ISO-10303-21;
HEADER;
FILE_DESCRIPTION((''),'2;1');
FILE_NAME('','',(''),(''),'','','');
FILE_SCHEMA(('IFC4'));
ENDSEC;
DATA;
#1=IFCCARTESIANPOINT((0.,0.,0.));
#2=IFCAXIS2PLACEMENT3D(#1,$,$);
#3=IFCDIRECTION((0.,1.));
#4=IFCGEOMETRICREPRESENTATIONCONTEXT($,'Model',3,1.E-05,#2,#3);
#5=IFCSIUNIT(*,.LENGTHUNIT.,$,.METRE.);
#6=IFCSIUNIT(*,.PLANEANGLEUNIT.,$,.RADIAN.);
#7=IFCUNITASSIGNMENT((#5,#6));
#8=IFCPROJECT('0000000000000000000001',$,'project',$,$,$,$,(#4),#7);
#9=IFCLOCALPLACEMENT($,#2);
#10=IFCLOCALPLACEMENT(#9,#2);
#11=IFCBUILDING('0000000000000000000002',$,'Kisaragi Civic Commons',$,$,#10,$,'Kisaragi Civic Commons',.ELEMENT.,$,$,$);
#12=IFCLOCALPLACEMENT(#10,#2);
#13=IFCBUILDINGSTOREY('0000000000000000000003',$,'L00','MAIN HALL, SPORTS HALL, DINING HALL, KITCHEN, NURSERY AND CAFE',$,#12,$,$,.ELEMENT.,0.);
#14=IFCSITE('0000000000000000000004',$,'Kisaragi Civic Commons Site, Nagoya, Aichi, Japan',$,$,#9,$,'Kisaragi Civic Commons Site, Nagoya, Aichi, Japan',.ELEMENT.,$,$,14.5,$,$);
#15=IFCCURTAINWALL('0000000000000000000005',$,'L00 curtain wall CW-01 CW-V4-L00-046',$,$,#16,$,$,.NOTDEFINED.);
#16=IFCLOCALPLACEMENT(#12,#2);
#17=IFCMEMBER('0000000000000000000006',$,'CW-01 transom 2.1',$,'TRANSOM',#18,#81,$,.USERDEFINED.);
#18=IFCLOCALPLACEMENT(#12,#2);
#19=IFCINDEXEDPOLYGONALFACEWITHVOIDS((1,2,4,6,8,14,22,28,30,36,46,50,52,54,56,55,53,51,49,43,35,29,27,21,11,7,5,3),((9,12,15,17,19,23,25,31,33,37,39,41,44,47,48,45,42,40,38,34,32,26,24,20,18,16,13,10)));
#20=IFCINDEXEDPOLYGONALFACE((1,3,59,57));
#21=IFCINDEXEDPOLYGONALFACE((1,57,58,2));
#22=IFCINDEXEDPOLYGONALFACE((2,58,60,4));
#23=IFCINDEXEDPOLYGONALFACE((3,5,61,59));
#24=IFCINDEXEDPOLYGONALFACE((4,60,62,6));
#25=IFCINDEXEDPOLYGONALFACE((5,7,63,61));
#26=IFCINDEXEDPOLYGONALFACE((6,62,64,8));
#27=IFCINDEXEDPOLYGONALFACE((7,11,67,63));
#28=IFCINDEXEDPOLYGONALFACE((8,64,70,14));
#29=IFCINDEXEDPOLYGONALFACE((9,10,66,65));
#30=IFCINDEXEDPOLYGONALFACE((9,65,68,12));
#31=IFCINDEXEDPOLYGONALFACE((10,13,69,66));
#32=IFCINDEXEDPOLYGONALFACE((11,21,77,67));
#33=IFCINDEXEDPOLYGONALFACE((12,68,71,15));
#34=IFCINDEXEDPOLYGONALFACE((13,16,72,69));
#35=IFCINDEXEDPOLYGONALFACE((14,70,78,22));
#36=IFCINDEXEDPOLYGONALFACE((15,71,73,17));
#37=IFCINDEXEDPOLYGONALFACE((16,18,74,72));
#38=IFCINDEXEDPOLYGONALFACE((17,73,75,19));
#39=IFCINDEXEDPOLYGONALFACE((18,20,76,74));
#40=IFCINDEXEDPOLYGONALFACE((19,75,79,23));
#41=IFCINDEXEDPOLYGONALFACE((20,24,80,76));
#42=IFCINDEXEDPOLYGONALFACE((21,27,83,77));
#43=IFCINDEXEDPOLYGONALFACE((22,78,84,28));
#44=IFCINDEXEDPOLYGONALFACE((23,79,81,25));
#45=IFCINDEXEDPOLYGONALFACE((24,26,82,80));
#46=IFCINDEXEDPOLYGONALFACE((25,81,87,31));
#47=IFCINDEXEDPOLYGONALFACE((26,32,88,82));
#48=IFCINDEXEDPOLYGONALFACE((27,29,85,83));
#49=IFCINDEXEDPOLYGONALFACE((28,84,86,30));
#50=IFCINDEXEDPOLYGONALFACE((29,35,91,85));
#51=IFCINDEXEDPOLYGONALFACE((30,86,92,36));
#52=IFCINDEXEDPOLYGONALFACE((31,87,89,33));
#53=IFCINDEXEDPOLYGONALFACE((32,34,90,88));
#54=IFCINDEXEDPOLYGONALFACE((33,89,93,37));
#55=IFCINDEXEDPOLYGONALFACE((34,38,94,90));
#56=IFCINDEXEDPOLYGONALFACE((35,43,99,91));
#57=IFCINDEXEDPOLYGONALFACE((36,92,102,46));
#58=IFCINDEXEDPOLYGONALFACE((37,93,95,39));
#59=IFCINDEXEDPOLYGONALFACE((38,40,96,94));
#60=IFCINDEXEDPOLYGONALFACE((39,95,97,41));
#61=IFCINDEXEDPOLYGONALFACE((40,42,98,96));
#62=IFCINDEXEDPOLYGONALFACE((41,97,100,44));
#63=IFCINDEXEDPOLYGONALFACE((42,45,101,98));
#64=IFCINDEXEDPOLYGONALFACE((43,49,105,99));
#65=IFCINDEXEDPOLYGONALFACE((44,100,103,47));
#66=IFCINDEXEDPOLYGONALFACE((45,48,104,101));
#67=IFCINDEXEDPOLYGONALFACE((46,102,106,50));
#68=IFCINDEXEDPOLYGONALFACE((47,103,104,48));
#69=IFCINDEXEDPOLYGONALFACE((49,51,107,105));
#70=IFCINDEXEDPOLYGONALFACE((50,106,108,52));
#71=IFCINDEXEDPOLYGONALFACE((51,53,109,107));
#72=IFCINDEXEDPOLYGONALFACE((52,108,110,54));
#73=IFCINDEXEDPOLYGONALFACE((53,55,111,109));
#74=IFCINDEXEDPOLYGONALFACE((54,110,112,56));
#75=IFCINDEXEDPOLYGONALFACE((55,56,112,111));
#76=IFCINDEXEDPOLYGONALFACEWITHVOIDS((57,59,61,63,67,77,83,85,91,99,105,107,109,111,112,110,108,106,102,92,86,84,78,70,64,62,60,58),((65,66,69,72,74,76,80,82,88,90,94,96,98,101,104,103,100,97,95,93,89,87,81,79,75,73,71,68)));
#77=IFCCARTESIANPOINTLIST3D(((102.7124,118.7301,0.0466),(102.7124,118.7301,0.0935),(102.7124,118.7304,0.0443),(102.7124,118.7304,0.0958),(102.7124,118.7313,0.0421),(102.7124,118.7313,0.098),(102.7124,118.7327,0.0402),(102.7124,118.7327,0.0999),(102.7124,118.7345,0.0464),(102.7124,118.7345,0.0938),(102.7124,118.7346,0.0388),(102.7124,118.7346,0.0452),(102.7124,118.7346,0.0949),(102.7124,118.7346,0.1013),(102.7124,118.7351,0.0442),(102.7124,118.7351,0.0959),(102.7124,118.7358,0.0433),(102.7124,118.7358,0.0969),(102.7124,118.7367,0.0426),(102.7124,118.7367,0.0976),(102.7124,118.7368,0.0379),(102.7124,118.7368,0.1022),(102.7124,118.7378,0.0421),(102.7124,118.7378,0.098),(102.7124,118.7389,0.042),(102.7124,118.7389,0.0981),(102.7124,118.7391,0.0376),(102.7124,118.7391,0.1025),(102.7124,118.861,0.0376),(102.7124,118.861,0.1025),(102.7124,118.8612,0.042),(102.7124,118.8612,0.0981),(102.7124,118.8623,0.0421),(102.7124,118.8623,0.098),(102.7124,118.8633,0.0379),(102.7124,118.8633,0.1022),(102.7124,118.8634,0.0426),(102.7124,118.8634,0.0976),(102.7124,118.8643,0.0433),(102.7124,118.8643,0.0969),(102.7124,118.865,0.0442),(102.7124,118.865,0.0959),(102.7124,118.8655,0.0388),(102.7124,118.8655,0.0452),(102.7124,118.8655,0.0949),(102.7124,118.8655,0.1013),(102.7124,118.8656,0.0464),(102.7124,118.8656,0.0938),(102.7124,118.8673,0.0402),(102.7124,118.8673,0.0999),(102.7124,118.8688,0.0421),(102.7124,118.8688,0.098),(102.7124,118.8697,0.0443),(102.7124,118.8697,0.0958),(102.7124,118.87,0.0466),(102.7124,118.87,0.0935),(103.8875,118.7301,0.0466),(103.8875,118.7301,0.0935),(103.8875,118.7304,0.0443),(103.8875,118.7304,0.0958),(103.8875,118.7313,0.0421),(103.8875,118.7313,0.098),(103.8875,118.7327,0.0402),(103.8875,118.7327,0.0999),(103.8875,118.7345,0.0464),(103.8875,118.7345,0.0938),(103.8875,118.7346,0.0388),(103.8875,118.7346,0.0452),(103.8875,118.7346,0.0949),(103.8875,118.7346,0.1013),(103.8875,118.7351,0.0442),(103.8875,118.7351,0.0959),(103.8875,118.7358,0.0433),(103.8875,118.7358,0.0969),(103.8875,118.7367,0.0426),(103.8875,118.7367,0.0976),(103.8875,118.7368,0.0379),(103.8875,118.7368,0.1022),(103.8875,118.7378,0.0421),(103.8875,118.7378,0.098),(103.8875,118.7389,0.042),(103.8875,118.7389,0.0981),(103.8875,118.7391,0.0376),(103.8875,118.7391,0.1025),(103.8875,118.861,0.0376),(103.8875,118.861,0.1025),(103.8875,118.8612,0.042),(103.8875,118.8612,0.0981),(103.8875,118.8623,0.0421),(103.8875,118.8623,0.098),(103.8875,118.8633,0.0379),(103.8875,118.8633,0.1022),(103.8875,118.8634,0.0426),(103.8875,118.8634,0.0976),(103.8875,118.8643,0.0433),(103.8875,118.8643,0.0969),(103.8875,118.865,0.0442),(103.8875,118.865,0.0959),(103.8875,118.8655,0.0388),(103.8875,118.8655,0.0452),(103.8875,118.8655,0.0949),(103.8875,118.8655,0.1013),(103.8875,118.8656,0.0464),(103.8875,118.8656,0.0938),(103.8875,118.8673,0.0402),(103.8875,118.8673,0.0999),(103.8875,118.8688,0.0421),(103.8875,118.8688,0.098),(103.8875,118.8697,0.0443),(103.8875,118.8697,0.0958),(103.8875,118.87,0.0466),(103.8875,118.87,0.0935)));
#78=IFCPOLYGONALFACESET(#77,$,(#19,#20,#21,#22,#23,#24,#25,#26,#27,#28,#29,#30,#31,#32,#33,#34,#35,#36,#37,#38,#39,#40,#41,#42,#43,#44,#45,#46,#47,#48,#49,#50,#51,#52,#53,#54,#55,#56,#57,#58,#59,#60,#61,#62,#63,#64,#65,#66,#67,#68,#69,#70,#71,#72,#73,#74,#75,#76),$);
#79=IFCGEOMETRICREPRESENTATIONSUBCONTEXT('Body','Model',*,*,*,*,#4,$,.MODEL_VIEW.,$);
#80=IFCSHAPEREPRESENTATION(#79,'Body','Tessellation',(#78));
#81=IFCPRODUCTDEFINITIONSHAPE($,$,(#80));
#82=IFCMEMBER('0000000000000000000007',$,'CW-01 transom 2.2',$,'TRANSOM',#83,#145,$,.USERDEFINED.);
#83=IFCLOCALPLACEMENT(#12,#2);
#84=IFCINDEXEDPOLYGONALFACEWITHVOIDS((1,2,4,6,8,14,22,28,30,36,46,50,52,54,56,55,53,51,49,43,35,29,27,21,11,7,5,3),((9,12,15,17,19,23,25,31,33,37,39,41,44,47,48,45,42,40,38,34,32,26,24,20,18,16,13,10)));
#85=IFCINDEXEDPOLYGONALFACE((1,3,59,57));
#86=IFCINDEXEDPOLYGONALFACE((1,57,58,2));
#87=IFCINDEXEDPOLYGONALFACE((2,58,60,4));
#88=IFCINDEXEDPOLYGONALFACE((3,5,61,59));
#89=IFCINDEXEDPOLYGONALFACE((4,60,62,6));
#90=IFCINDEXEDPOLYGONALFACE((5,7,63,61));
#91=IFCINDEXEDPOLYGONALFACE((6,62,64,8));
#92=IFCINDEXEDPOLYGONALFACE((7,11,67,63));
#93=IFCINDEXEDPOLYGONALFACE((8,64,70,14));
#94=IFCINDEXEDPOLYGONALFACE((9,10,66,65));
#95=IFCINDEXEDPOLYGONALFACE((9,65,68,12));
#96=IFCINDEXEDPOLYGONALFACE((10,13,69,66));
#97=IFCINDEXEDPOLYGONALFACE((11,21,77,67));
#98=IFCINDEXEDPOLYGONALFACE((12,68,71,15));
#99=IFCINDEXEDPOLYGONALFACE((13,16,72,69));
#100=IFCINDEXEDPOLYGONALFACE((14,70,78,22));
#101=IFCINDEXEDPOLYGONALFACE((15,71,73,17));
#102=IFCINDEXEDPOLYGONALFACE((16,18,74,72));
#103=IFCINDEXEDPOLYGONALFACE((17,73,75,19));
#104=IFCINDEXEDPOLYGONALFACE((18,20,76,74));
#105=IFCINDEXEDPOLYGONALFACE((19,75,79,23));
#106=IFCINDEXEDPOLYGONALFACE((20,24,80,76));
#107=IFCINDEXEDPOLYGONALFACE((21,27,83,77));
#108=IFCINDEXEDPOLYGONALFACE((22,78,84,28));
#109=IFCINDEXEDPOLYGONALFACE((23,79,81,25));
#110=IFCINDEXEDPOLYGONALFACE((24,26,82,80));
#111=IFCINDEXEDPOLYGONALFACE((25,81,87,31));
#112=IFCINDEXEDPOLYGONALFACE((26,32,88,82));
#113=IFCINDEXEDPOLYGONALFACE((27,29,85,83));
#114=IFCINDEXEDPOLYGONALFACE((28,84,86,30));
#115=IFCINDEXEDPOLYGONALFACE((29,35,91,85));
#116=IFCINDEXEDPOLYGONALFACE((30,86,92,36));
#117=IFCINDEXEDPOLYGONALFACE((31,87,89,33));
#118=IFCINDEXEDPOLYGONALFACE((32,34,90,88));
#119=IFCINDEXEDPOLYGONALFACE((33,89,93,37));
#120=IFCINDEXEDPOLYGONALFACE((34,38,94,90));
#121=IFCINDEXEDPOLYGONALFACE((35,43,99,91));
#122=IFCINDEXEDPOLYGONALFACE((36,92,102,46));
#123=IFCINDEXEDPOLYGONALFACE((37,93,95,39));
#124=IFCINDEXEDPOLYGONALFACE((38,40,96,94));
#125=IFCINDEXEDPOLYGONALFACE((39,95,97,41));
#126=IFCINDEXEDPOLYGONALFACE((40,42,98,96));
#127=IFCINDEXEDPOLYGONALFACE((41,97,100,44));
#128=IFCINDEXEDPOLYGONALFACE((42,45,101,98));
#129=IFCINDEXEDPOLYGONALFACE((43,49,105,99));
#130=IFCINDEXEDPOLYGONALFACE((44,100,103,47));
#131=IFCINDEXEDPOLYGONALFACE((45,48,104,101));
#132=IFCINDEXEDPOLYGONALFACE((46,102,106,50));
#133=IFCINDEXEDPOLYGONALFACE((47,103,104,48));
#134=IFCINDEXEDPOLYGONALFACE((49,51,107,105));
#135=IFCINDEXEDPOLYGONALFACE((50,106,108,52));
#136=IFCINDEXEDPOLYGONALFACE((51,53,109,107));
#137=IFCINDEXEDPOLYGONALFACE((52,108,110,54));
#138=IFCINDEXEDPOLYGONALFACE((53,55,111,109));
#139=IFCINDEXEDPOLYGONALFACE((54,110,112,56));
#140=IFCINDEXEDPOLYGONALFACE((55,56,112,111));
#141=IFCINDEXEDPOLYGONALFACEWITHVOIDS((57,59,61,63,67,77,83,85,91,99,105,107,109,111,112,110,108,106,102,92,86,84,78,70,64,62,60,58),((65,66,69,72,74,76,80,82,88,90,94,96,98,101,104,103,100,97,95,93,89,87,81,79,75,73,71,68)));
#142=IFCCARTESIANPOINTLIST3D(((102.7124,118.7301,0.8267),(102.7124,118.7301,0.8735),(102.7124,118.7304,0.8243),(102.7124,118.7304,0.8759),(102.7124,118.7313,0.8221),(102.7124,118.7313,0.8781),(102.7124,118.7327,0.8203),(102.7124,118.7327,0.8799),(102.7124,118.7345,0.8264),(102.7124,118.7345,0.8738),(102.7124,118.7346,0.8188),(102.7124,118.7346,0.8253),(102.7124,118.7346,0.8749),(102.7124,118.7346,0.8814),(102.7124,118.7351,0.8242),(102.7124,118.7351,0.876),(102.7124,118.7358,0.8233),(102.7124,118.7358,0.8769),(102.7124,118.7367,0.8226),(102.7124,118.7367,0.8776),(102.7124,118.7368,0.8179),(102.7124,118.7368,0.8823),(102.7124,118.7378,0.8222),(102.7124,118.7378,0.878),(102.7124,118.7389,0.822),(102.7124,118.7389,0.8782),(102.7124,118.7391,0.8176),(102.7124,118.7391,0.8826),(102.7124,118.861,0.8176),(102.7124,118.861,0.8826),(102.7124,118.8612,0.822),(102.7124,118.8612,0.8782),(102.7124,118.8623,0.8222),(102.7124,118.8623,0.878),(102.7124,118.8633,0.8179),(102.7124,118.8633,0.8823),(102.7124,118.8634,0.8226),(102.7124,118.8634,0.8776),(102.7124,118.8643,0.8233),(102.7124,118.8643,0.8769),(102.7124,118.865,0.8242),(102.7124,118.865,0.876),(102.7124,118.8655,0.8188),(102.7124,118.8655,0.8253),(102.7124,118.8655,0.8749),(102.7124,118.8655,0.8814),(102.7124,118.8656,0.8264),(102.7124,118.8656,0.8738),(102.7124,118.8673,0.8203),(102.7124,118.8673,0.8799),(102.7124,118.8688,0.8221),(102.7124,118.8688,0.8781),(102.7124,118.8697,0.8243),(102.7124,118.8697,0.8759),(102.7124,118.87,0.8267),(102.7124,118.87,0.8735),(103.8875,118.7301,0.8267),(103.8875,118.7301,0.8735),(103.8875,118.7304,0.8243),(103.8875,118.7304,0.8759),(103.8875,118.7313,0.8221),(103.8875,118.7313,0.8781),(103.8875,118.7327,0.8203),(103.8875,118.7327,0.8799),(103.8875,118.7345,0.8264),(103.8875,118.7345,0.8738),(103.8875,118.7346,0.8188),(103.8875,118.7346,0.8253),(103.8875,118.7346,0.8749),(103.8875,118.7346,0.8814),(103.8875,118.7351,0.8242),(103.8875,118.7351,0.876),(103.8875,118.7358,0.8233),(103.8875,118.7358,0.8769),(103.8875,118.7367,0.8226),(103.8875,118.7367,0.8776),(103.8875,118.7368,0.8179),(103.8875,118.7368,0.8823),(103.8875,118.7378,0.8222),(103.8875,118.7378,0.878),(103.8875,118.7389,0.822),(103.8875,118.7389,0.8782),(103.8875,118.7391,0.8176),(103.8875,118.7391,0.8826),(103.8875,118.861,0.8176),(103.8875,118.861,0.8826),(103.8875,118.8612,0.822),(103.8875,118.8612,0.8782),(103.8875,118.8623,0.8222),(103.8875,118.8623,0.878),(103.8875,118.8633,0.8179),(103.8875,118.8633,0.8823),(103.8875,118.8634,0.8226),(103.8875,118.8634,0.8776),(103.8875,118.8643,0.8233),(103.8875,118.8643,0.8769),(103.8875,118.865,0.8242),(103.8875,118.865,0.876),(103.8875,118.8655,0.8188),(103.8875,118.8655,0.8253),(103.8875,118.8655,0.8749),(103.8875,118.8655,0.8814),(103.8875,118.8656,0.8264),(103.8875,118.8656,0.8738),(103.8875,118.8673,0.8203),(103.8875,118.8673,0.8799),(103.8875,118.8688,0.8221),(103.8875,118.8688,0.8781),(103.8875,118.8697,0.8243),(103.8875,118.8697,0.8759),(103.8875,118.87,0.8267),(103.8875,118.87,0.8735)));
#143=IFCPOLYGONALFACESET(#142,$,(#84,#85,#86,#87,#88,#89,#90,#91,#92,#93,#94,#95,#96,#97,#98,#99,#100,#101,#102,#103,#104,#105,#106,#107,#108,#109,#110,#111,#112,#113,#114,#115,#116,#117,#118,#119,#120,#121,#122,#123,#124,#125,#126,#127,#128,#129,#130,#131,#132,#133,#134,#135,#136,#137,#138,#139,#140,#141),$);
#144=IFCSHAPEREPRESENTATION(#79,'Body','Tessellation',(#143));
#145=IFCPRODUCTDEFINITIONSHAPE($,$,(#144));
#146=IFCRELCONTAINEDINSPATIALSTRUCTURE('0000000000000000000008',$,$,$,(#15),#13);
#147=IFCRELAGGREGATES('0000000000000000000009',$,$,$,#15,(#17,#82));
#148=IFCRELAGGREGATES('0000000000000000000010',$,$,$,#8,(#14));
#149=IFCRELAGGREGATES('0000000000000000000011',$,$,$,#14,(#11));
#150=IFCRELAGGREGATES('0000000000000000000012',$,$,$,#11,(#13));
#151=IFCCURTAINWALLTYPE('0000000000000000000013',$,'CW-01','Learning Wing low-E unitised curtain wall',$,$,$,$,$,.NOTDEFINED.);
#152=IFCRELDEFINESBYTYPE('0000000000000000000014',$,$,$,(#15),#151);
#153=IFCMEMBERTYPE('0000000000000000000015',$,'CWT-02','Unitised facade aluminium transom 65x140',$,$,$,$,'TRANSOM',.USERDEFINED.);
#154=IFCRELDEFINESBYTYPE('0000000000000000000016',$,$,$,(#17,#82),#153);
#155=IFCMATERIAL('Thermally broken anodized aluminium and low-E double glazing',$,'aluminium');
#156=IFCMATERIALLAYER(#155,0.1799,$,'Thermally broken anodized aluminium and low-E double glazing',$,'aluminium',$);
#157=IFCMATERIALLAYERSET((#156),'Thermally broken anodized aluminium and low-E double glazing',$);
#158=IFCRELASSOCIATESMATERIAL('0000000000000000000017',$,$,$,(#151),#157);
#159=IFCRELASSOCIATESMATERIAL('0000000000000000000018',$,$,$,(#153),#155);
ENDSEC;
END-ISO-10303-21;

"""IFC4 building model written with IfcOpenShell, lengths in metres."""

from ifc_helpers import new_model, si_unit, direction, frame, origin, origin_2d, place, context, subcontext, project, spatial, hollow_rectangle, extrude, material, layer, layer_set, material_profile, profile_set, type_object, element, aggregate, save


model = new_model("IFC4")

# Units and contexts
model_context = context("Model", 3, precision=1e-05, world=origin(), true_north=direction((0.0, 1.0)))
body_context = subcontext(model_context, "Body", "Model", "MODEL_VIEW")
ifc_project = project(units=[si_unit("LENGTHUNIT", "METRE"), si_unit("PLANEANGLEUNIT", "RADIAN")], contexts=[model_context])

# Site, building, storey
site_placement = place(None, origin())
site = spatial("IfcSite", under=ifc_project, at=site_placement, Name="Kisaragi Civic Commons Site, Nagoya, Aichi, Japan", LongName="Kisaragi Civic Commons Site, Nagoya, Aichi, Japan", CompositionType="ELEMENT", RefElevation=14.5)
building_placement = place(site_placement, origin())
building = spatial("IfcBuilding", under=site, at=building_placement, Name="Kisaragi Civic Commons", LongName="Kisaragi Civic Commons", CompositionType="ELEMENT")
storey_placement = place(building_placement, origin())
storey = spatial("IfcBuildingStorey", under=building, at=storey_placement, Name="L00", Description="MAIN HALL, SPORTS HALL, DINING HALL, KITCHEN, NURSERY AND CAFE", CompositionType="ELEMENT", Elevation=0.0)

# Curtain wall, members
ifc_material_1 = material(Name="Thermally broken anodized aluminium and low-E double glazing", Category="aluminium")
ifc_layer_1 = layer(ifc_material_1, 0.1799, Name="Thermally broken anodized aluminium and low-E double glazing", Category="aluminium")
ifc_layer_set_1 = layer_set([ifc_layer_1], Name="Thermally broken anodized aluminium and low-E double glazing")
curtain_wall_type = type_object("IfcCurtainWallType", Name="CW-01", Description="Learning Wing low-E unitised curtain wall", PredefinedType="NOTDEFINED", material=ifc_layer_set_1)
curtain_wall_placement = place(storey_placement, origin())
curtain_wall = element("IfcCurtainWall", 1, at=curtain_wall_placement, inside=storey, type_object=curtain_wall_type, Name="L00 curtain wall CW-01 CW-V4-L00-046", PredefinedType="NOTDEFINED")
ifc_material_profile_1 = material_profile(ifc_material_1, hollow_rectangle(XDim=0.1399, YDim=0.0649, WallThickness=0.0044, InnerFilletRadius=0.0044, OuterFilletRadius=0.009, at=origin_2d()), Name="CWT-65x140x4.5", Category="aluminium")
ifc_profile_set_1 = profile_set([ifc_material_profile_1], Name="Thermally broken anodized aluminium and low-E double glazing")
member_type_1 = type_object("IfcMemberType", Name="CWT-02", Description="Unitised facade aluminium transom 65x140", ElementType="TRANSOM", PredefinedType="USERDEFINED", material=ifc_profile_set_1)
member_1_placement = place(storey_placement, frame((102.7124, 118.8, 0.0701), z_axis=(1.0, 0.0, 0.0), x_axis=(0.0, 1.0, 0.0)))
member_1 = element("IfcMember", 2, at=member_1_placement, type_object=member_type_1, Name="CW-01 transom 2.1", ObjectType="TRANSOM", PredefinedType="USERDEFINED", context=body_context, shape_type="SweptSolid", body=[
    extrude(hollow_rectangle(XDim=0.1399, YDim=0.0649, WallThickness=0.0044, InnerFilletRadius=0.0044, OuterFilletRadius=0.009, at=origin_2d()), origin(), (0.0, 0.0, 1.0), 1.175),
])
member_2_placement = place(storey_placement, frame((102.7124, 118.8, 0.8501), z_axis=(1.0, 0.0, 0.0), x_axis=(0.0, 1.0, 0.0)))
member_2 = element("IfcMember", 3, at=member_2_placement, type_object=member_type_1, Name="CW-01 transom 2.2", ObjectType="TRANSOM", PredefinedType="USERDEFINED", context=body_context, shape_type="SweptSolid", body=[
    extrude(hollow_rectangle(XDim=0.1399, YDim=0.0649, WallThickness=0.0044, InnerFilletRadius=0.0044, OuterFilletRadius=0.009, at=origin_2d()), origin(), (0.0, 0.0, 1.0), 1.175),
])
aggregate(curtain_wall, [member_1, member_2])

save(model, "model.ifc")
